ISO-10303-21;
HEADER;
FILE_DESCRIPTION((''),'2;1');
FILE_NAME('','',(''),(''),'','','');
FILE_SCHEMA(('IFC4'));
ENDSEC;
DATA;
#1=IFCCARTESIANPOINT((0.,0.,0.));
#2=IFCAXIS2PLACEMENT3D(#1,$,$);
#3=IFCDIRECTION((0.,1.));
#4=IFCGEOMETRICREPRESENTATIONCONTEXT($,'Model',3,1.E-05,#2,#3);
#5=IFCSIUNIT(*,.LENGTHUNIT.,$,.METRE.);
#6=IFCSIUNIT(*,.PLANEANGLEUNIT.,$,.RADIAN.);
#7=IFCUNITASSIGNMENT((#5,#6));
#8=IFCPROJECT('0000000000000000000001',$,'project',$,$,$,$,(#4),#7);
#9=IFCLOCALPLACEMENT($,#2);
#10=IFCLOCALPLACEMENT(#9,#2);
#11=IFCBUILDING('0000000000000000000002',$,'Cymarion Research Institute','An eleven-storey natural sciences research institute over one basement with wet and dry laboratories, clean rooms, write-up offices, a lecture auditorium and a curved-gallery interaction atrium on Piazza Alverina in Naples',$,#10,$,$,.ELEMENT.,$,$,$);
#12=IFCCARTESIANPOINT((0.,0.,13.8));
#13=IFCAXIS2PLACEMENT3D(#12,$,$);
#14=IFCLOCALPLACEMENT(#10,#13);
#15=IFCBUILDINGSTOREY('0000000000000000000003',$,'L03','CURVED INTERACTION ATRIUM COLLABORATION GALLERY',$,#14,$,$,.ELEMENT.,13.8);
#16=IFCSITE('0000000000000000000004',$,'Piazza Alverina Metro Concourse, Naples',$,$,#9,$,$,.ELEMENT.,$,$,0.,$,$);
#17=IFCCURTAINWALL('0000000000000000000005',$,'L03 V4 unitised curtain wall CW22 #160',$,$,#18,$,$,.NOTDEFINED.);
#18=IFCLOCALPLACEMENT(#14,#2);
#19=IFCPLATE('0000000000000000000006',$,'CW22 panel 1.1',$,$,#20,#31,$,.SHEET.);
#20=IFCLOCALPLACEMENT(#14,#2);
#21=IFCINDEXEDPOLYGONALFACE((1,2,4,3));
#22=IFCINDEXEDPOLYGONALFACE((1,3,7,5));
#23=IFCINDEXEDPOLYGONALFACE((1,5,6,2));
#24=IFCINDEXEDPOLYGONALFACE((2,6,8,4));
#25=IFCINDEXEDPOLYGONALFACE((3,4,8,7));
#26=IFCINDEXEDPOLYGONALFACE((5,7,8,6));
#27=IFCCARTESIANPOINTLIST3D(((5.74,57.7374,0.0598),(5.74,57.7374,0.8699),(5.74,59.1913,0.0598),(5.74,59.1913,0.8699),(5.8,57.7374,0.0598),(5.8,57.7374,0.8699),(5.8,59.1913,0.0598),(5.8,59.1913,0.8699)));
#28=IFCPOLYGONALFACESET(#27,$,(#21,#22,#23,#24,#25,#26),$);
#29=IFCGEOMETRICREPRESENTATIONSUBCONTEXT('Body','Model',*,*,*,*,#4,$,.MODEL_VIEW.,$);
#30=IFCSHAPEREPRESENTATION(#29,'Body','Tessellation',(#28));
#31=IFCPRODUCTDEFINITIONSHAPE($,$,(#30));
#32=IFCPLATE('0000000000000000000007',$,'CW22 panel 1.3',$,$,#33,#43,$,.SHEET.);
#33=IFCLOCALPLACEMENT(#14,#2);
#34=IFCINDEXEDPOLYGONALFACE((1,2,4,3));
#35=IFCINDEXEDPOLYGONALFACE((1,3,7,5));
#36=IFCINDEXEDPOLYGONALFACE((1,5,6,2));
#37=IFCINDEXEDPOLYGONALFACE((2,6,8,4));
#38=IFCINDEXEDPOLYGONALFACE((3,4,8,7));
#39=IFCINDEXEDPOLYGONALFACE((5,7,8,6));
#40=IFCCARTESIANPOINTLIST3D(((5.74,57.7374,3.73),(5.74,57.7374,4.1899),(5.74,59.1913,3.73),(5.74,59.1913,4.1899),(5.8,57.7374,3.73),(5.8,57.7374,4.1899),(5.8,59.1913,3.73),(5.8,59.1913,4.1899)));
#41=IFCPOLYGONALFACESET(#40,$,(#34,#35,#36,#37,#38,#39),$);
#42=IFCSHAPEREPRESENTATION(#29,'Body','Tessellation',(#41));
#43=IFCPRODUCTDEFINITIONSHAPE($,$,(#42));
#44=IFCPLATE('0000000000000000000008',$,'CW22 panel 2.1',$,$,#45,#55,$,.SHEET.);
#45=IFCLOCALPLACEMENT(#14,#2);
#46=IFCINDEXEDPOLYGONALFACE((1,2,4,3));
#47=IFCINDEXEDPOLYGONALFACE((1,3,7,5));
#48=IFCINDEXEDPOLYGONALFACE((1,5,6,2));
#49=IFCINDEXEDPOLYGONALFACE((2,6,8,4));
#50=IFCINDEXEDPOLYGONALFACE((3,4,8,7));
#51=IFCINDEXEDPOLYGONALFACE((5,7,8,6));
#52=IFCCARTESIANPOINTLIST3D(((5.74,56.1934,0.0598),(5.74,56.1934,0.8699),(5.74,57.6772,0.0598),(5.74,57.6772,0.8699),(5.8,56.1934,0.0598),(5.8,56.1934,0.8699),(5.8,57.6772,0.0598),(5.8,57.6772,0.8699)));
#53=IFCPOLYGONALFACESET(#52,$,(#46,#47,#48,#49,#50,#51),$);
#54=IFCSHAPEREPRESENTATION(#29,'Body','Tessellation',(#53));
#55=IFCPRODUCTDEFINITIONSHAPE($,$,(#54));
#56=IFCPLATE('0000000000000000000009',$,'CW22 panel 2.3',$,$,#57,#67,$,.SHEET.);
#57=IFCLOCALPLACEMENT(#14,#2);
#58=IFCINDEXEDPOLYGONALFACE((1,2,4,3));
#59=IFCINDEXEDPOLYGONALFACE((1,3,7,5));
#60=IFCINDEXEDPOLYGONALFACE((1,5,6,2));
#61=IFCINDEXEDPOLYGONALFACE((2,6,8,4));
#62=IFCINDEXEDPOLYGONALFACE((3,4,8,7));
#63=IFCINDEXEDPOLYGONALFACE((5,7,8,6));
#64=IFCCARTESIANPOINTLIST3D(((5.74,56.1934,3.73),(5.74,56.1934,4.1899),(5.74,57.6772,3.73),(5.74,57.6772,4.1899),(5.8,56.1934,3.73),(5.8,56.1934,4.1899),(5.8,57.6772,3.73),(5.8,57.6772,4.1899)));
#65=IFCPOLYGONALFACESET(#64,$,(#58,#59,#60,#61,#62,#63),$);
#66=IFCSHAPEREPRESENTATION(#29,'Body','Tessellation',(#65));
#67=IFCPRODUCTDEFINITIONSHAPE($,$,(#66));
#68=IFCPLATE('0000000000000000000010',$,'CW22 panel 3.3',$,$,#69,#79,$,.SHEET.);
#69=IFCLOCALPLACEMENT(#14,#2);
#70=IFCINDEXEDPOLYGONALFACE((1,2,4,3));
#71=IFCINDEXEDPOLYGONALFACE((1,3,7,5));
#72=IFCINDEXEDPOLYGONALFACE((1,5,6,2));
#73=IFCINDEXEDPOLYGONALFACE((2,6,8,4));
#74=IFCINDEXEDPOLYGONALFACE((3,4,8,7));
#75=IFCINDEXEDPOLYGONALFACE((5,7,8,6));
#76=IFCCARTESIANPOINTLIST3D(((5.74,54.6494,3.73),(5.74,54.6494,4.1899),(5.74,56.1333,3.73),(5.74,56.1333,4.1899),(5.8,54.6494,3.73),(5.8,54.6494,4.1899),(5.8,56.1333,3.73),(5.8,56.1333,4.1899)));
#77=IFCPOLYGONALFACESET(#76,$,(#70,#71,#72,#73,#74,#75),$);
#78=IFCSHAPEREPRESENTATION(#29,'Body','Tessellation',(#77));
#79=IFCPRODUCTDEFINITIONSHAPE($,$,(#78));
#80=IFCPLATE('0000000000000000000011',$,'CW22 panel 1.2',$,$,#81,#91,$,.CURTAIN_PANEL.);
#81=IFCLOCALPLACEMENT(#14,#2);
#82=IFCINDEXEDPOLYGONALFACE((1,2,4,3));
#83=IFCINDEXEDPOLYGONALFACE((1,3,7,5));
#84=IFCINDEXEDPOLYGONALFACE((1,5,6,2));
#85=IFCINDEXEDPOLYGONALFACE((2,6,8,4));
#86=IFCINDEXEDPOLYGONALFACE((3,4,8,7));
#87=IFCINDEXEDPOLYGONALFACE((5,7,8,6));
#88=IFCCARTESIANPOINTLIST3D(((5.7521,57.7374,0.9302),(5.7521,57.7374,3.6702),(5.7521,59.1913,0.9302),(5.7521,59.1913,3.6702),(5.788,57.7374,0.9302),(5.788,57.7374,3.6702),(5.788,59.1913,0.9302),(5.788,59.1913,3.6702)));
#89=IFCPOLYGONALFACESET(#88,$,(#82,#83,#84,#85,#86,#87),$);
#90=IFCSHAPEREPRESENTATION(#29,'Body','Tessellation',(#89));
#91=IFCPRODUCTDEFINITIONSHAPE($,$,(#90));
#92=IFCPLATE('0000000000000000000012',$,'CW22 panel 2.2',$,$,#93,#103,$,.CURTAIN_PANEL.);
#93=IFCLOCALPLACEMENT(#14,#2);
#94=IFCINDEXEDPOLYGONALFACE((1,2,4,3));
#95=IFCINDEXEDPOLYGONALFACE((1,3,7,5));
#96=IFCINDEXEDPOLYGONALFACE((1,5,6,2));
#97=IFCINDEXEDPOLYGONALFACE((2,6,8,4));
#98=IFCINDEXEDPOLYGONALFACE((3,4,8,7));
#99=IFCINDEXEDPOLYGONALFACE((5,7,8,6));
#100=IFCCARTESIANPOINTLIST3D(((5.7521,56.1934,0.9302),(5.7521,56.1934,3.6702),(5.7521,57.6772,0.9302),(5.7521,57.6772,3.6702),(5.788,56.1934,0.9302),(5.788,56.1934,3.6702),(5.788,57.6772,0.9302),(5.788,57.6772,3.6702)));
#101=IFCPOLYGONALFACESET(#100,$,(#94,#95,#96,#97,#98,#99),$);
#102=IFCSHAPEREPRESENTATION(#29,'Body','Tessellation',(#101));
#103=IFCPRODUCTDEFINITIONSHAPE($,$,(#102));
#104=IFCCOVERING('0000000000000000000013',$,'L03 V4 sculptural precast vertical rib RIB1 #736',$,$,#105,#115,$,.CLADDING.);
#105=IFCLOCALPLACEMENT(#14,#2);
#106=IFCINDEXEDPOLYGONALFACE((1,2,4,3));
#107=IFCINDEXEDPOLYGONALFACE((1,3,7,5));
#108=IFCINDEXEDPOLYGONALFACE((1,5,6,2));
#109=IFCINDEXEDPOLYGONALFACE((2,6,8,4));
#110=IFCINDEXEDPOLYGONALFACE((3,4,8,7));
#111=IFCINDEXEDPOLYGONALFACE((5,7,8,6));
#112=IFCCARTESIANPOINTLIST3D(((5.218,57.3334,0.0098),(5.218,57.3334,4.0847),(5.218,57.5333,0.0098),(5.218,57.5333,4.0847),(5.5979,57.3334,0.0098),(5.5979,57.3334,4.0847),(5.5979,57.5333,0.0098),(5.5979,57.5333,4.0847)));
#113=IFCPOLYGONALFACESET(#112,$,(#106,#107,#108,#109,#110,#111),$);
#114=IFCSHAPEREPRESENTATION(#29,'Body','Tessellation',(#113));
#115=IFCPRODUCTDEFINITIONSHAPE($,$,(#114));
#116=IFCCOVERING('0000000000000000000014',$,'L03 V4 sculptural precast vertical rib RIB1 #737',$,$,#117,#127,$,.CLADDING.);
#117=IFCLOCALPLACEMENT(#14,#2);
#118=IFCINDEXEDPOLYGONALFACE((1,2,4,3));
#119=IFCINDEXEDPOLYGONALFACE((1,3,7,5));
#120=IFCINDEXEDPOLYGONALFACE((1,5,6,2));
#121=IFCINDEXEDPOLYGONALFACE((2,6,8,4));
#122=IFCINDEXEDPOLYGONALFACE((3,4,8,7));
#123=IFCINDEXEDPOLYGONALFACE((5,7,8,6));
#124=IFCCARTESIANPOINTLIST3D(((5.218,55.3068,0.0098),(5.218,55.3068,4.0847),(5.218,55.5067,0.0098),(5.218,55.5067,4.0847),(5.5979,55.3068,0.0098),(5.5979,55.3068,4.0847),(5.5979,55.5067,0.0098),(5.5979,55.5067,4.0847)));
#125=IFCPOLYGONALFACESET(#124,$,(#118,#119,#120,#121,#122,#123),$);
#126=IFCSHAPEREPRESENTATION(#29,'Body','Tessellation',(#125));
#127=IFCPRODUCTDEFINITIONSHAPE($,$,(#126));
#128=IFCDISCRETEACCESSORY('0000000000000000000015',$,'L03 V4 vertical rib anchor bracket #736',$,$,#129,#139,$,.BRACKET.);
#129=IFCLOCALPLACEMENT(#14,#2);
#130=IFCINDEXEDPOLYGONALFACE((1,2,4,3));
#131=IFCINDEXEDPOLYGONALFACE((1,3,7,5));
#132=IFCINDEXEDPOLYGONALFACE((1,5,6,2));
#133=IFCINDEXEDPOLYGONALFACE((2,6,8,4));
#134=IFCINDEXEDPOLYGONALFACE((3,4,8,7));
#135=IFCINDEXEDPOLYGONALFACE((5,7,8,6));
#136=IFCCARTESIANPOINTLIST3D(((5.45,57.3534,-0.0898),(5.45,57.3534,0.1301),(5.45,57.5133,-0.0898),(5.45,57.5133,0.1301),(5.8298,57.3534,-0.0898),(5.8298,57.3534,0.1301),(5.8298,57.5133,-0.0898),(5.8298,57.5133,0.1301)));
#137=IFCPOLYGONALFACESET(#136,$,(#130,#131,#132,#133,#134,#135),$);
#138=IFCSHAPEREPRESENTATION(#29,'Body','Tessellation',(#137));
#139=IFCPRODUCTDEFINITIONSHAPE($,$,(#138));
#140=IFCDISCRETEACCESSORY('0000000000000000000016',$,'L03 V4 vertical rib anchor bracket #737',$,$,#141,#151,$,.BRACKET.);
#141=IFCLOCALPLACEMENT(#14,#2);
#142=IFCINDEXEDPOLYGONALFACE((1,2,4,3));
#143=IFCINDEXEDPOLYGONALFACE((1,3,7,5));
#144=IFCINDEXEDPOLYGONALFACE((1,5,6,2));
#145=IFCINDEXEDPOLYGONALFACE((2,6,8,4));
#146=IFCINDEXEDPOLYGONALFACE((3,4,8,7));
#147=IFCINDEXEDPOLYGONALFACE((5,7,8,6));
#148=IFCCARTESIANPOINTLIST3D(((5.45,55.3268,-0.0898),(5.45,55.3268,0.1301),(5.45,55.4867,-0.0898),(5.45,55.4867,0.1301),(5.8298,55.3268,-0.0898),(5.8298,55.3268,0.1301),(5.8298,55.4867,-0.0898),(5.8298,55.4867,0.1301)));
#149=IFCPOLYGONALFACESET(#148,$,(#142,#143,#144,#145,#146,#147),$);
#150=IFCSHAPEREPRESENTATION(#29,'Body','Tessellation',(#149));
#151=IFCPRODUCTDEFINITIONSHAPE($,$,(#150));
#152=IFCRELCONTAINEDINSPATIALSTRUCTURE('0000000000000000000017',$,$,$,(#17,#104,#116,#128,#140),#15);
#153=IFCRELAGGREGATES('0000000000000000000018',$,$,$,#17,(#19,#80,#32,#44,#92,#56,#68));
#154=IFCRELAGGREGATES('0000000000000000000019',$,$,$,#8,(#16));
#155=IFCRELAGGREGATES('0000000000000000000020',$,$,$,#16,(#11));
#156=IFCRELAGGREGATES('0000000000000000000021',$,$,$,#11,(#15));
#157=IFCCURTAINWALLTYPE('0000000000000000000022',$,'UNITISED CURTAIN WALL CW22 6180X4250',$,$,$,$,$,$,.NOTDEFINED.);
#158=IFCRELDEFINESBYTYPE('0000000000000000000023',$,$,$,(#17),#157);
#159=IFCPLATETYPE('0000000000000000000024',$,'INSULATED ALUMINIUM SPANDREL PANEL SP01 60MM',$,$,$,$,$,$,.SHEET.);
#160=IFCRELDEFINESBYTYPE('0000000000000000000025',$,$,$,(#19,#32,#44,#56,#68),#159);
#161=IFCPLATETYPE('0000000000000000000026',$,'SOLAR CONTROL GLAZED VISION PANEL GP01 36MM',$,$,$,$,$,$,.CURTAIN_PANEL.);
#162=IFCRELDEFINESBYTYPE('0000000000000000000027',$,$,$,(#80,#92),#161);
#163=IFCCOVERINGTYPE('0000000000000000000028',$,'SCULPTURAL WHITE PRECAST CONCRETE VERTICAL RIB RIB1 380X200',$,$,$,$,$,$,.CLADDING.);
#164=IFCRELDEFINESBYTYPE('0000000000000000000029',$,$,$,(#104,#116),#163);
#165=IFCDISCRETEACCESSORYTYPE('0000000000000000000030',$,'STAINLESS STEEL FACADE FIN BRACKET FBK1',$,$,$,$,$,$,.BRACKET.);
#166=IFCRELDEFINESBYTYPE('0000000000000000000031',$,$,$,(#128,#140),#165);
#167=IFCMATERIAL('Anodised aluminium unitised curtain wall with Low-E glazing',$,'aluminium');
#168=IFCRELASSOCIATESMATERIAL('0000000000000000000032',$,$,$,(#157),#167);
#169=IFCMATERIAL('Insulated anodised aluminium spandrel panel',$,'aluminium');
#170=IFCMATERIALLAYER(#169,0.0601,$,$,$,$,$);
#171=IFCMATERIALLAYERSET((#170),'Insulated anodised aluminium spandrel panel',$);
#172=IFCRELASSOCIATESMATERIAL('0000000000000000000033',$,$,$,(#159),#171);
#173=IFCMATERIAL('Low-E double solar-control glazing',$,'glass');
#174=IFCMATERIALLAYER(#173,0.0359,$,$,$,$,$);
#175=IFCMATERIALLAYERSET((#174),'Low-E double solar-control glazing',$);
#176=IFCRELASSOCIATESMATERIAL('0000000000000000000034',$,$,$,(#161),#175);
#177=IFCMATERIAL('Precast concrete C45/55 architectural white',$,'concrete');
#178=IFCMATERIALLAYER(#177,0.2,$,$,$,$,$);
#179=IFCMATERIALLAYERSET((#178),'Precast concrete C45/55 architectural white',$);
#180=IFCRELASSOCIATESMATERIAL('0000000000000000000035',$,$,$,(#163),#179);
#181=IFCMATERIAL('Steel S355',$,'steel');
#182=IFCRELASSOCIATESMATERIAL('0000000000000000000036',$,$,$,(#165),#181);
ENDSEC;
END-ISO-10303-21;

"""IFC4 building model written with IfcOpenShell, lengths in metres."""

from ifc_helpers import new_model, si_unit, direction, frame, origin, origin_2d, place, context, subcontext, project, spatial, rectangle, extrude, material, layer, layer_set, type_object, element, aggregate, save


model = new_model("IFC4")

# Units and contexts
model_context = context("Model", 3, precision=1e-05, world=origin(), true_north=direction((0.0, 1.0)))
body_context = subcontext(model_context, "Body", "Model", "MODEL_VIEW")
ifc_project = project(units=[si_unit("LENGTHUNIT", "METRE"), si_unit("PLANEANGLEUNIT", "RADIAN")], contexts=[model_context])

# Site, building, storey
site_placement = place(None, origin())
site = spatial("IfcSite", under=ifc_project, at=site_placement, Name="Piazza Alverina Metro Concourse, Naples", CompositionType="ELEMENT", RefElevation=0.0)
building_placement = place(site_placement, origin())
building = spatial("IfcBuilding", under=site, at=building_placement, Name="Cymarion Research Institute", Description="An eleven-storey natural sciences research institute over one basement with wet and dry laboratories, clean rooms, write-up offices, a lecture auditorium and a curved-gallery interaction atrium on Piazza Alverina in Naples", CompositionType="ELEMENT")
storey_placement = place(building_placement, frame((0.0, 0.0, 13.8)))
storey = spatial("IfcBuildingStorey", under=building, at=storey_placement, Name="L03", Description="CURVED INTERACTION ATRIUM COLLABORATION GALLERY", CompositionType="ELEMENT", Elevation=13.8)

# Curtain wall, plates
ifc_material_1 = material(Name="Anodised aluminium unitised curtain wall with Low-E glazing", Category="aluminium")
curtain_wall_type = type_object("IfcCurtainWallType", Name="UNITISED CURTAIN WALL CW22 6180X4250", PredefinedType="NOTDEFINED", material=ifc_material_1)
curtain_wall_placement = place(storey_placement, origin())
curtain_wall = element("IfcCurtainWall", 1, at=curtain_wall_placement, inside=storey, type_object=curtain_wall_type, Name="L03 V4 unitised curtain wall CW22 #160", PredefinedType="NOTDEFINED")
ifc_material_2 = material(Name="Insulated anodised aluminium spandrel panel", Category="aluminium")
ifc_layer_1 = layer(ifc_material_2, 0.0601)
ifc_layer_set_1 = layer_set([ifc_layer_1], Name="Insulated anodised aluminium spandrel panel")
plate_type_1 = type_object("IfcPlateType", Name="INSULATED ALUMINIUM SPANDREL PANEL SP01 60MM", PredefinedType="SHEET", material=ifc_layer_set_1)
plate_1_placement = place(storey_placement, frame((5.77, 58.4644, 0.0598), z_axis=(0.0, 0.0, 1.0), x_axis=(0.0, -1.0, 0.0)))
plate_1 = element("IfcPlate", 2, at=plate_1_placement, type_object=plate_type_1, Name="CW22 panel 1.1", PredefinedType="SHEET", context=body_context, shape_type="SweptSolid", body=[
    extrude(rectangle(XDim=1.4539, YDim=0.0601, at=origin_2d()), origin(), (0.0, 0.0, 1.0), 0.8101),
])
plate_2_placement = place(storey_placement, frame((5.77, 58.4644, 3.73), z_axis=(0.0, 0.0, 1.0), x_axis=(0.0, -1.0, 0.0)))
plate_2 = element("IfcPlate", 3, at=plate_2_placement, type_object=plate_type_1, Name="CW22 panel 1.3", PredefinedType="SHEET", context=body_context, shape_type="SweptSolid", body=[
    extrude(rectangle(XDim=1.4539, YDim=0.0601, at=origin_2d()), origin(), (0.0, 0.0, 1.0), 0.46),
])
plate_3_placement = place(storey_placement, frame((5.77, 56.9353, 0.0598), z_axis=(0.0, 0.0, 1.0), x_axis=(0.0, -1.0, 0.0)))
plate_3 = element("IfcPlate", 4, at=plate_3_placement, type_object=plate_type_1, Name="CW22 panel 2.1", PredefinedType="SHEET", context=body_context, shape_type="SweptSolid", body=[
    extrude(rectangle(XDim=1.4839, YDim=0.0601, at=origin_2d()), origin(), (0.0, 0.0, 1.0), 0.8101),
])
plate_4_placement = place(storey_placement, frame((5.77, 56.9353, 3.73), z_axis=(0.0, 0.0, 1.0), x_axis=(0.0, -1.0, 0.0)))
plate_4 = element("IfcPlate", 5, at=plate_4_placement, type_object=plate_type_1, Name="CW22 panel 2.3", PredefinedType="SHEET", context=body_context, shape_type="SweptSolid", body=[
    extrude(rectangle(XDim=1.4839, YDim=0.0601, at=origin_2d()), origin(), (0.0, 0.0, 1.0), 0.46),
])
plate_5_placement = place(storey_placement, frame((5.77, 55.3914, 3.73), z_axis=(0.0, 0.0, 1.0), x_axis=(0.0, -1.0, 0.0)))
plate_5 = element("IfcPlate", 6, at=plate_5_placement, type_object=plate_type_1, Name="CW22 panel 3.3", PredefinedType="SHEET", context=body_context, shape_type="SweptSolid", body=[
    extrude(rectangle(XDim=1.4839, YDim=0.0601, at=origin_2d()), origin(), (0.0, 0.0, 1.0), 0.46),
])
ifc_material_3 = material(Name="Low-E double solar-control glazing", Category="glass")
ifc_layer_2 = layer(ifc_material_3, 0.0359)
ifc_layer_set_2 = layer_set([ifc_layer_2], Name="Low-E double solar-control glazing")
plate_type_2 = type_object("IfcPlateType", Name="SOLAR CONTROL GLAZED VISION PANEL GP01 36MM", PredefinedType="CURTAIN_PANEL", material=ifc_layer_set_2)
plate_6_placement = place(storey_placement, frame((5.77, 58.4644, 0.9302), z_axis=(0.0, 0.0, 1.0), x_axis=(0.0, -1.0, 0.0)))
plate_6 = element("IfcPlate", 7, at=plate_6_placement, type_object=plate_type_2, Name="CW22 panel 1.2", PredefinedType="CURTAIN_PANEL", context=body_context, shape_type="SweptSolid", body=[
    extrude(rectangle(XDim=1.4539, YDim=0.0359, at=origin_2d()), origin(), (0.0, 0.0, 1.0), 2.74),
])
plate_7_placement = place(storey_placement, frame((5.77, 56.9353, 0.9302), z_axis=(0.0, 0.0, 1.0), x_axis=(0.0, -1.0, 0.0)))
plate_7 = element("IfcPlate", 8, at=plate_7_placement, type_object=plate_type_2, Name="CW22 panel 2.2", PredefinedType="CURTAIN_PANEL", context=body_context, shape_type="SweptSolid", body=[
    extrude(rectangle(XDim=1.4839, YDim=0.0359, at=origin_2d()), origin(), (0.0, 0.0, 1.0), 2.74),
])
aggregate(curtain_wall, [plate_1, plate_6, plate_2, plate_3, plate_7, plate_4, plate_5])

# Coverings
ifc_material_4 = material(Name="Precast concrete C45/55 architectural white", Category="concrete")
ifc_layer_3 = layer(ifc_material_4, 0.2)
ifc_layer_set_3 = layer_set([ifc_layer_3], Name="Precast concrete C45/55 architectural white")
covering_type = type_object("IfcCoveringType", Name="SCULPTURAL WHITE PRECAST CONCRETE VERTICAL RIB RIB1 380X200", PredefinedType="CLADDING", material=ifc_layer_set_3)
for number, where, z_axis, x_axis, name in (
    (9, (5.408, 57.4333, 0.0098), (0.0, 0.0, 1.0), (-1.0, 0.0, 0.0), "L03 V4 sculptural precast vertical rib RIB1 #736"),
    (10, (5.408, 55.4067, 0.0098), (0.0, 0.0, 1.0), (-1.0, 0.0, 0.0), "L03 V4 sculptural precast vertical rib RIB1 #737"),
):
    element("IfcCovering", number, at=place(storey_placement, frame(where, z_axis=z_axis, x_axis=x_axis)), inside=storey, type_object=covering_type, Name=name, PredefinedType="CLADDING", context=body_context, shape_type="SweptSolid", body=[
        extrude(rectangle(XDim=0.3799, YDim=0.2, at=origin_2d()), origin(), (0.0, 0.0, 1.0), 4.075),
    ])

# Discrete accessories
ifc_material_5 = material(Name="Steel S355", Category="steel")
discrete_accessory_type = type_object("IfcDiscreteAccessoryType", Name="STAINLESS STEEL FACADE FIN BRACKET FBK1", PredefinedType="BRACKET", material=ifc_material_5)
for number, where, z_axis, x_axis, name in (
    (11, (5.6399, 57.4333, -0.0898), (0.0, 0.0, 1.0), (-1.0, 0.0, 0.0), "L03 V4 vertical rib anchor bracket #736"),
    (12, (5.6399, 55.4067, -0.0898), (0.0, 0.0, 1.0), (-1.0, 0.0, 0.0), "L03 V4 vertical rib anchor bracket #737"),
):
    element("IfcDiscreteAccessory", number, at=place(storey_placement, frame(where, z_axis=z_axis, x_axis=x_axis)), inside=storey, type_object=discrete_accessory_type, Name=name, PredefinedType="BRACKET", context=body_context, shape_type="SweptSolid", body=[
        extrude(rectangle(XDim=0.3799, YDim=0.1599, at=origin_2d()), origin(), (0.0, 0.0, 1.0), 0.22),
    ])

save(model, "model.ifc")
